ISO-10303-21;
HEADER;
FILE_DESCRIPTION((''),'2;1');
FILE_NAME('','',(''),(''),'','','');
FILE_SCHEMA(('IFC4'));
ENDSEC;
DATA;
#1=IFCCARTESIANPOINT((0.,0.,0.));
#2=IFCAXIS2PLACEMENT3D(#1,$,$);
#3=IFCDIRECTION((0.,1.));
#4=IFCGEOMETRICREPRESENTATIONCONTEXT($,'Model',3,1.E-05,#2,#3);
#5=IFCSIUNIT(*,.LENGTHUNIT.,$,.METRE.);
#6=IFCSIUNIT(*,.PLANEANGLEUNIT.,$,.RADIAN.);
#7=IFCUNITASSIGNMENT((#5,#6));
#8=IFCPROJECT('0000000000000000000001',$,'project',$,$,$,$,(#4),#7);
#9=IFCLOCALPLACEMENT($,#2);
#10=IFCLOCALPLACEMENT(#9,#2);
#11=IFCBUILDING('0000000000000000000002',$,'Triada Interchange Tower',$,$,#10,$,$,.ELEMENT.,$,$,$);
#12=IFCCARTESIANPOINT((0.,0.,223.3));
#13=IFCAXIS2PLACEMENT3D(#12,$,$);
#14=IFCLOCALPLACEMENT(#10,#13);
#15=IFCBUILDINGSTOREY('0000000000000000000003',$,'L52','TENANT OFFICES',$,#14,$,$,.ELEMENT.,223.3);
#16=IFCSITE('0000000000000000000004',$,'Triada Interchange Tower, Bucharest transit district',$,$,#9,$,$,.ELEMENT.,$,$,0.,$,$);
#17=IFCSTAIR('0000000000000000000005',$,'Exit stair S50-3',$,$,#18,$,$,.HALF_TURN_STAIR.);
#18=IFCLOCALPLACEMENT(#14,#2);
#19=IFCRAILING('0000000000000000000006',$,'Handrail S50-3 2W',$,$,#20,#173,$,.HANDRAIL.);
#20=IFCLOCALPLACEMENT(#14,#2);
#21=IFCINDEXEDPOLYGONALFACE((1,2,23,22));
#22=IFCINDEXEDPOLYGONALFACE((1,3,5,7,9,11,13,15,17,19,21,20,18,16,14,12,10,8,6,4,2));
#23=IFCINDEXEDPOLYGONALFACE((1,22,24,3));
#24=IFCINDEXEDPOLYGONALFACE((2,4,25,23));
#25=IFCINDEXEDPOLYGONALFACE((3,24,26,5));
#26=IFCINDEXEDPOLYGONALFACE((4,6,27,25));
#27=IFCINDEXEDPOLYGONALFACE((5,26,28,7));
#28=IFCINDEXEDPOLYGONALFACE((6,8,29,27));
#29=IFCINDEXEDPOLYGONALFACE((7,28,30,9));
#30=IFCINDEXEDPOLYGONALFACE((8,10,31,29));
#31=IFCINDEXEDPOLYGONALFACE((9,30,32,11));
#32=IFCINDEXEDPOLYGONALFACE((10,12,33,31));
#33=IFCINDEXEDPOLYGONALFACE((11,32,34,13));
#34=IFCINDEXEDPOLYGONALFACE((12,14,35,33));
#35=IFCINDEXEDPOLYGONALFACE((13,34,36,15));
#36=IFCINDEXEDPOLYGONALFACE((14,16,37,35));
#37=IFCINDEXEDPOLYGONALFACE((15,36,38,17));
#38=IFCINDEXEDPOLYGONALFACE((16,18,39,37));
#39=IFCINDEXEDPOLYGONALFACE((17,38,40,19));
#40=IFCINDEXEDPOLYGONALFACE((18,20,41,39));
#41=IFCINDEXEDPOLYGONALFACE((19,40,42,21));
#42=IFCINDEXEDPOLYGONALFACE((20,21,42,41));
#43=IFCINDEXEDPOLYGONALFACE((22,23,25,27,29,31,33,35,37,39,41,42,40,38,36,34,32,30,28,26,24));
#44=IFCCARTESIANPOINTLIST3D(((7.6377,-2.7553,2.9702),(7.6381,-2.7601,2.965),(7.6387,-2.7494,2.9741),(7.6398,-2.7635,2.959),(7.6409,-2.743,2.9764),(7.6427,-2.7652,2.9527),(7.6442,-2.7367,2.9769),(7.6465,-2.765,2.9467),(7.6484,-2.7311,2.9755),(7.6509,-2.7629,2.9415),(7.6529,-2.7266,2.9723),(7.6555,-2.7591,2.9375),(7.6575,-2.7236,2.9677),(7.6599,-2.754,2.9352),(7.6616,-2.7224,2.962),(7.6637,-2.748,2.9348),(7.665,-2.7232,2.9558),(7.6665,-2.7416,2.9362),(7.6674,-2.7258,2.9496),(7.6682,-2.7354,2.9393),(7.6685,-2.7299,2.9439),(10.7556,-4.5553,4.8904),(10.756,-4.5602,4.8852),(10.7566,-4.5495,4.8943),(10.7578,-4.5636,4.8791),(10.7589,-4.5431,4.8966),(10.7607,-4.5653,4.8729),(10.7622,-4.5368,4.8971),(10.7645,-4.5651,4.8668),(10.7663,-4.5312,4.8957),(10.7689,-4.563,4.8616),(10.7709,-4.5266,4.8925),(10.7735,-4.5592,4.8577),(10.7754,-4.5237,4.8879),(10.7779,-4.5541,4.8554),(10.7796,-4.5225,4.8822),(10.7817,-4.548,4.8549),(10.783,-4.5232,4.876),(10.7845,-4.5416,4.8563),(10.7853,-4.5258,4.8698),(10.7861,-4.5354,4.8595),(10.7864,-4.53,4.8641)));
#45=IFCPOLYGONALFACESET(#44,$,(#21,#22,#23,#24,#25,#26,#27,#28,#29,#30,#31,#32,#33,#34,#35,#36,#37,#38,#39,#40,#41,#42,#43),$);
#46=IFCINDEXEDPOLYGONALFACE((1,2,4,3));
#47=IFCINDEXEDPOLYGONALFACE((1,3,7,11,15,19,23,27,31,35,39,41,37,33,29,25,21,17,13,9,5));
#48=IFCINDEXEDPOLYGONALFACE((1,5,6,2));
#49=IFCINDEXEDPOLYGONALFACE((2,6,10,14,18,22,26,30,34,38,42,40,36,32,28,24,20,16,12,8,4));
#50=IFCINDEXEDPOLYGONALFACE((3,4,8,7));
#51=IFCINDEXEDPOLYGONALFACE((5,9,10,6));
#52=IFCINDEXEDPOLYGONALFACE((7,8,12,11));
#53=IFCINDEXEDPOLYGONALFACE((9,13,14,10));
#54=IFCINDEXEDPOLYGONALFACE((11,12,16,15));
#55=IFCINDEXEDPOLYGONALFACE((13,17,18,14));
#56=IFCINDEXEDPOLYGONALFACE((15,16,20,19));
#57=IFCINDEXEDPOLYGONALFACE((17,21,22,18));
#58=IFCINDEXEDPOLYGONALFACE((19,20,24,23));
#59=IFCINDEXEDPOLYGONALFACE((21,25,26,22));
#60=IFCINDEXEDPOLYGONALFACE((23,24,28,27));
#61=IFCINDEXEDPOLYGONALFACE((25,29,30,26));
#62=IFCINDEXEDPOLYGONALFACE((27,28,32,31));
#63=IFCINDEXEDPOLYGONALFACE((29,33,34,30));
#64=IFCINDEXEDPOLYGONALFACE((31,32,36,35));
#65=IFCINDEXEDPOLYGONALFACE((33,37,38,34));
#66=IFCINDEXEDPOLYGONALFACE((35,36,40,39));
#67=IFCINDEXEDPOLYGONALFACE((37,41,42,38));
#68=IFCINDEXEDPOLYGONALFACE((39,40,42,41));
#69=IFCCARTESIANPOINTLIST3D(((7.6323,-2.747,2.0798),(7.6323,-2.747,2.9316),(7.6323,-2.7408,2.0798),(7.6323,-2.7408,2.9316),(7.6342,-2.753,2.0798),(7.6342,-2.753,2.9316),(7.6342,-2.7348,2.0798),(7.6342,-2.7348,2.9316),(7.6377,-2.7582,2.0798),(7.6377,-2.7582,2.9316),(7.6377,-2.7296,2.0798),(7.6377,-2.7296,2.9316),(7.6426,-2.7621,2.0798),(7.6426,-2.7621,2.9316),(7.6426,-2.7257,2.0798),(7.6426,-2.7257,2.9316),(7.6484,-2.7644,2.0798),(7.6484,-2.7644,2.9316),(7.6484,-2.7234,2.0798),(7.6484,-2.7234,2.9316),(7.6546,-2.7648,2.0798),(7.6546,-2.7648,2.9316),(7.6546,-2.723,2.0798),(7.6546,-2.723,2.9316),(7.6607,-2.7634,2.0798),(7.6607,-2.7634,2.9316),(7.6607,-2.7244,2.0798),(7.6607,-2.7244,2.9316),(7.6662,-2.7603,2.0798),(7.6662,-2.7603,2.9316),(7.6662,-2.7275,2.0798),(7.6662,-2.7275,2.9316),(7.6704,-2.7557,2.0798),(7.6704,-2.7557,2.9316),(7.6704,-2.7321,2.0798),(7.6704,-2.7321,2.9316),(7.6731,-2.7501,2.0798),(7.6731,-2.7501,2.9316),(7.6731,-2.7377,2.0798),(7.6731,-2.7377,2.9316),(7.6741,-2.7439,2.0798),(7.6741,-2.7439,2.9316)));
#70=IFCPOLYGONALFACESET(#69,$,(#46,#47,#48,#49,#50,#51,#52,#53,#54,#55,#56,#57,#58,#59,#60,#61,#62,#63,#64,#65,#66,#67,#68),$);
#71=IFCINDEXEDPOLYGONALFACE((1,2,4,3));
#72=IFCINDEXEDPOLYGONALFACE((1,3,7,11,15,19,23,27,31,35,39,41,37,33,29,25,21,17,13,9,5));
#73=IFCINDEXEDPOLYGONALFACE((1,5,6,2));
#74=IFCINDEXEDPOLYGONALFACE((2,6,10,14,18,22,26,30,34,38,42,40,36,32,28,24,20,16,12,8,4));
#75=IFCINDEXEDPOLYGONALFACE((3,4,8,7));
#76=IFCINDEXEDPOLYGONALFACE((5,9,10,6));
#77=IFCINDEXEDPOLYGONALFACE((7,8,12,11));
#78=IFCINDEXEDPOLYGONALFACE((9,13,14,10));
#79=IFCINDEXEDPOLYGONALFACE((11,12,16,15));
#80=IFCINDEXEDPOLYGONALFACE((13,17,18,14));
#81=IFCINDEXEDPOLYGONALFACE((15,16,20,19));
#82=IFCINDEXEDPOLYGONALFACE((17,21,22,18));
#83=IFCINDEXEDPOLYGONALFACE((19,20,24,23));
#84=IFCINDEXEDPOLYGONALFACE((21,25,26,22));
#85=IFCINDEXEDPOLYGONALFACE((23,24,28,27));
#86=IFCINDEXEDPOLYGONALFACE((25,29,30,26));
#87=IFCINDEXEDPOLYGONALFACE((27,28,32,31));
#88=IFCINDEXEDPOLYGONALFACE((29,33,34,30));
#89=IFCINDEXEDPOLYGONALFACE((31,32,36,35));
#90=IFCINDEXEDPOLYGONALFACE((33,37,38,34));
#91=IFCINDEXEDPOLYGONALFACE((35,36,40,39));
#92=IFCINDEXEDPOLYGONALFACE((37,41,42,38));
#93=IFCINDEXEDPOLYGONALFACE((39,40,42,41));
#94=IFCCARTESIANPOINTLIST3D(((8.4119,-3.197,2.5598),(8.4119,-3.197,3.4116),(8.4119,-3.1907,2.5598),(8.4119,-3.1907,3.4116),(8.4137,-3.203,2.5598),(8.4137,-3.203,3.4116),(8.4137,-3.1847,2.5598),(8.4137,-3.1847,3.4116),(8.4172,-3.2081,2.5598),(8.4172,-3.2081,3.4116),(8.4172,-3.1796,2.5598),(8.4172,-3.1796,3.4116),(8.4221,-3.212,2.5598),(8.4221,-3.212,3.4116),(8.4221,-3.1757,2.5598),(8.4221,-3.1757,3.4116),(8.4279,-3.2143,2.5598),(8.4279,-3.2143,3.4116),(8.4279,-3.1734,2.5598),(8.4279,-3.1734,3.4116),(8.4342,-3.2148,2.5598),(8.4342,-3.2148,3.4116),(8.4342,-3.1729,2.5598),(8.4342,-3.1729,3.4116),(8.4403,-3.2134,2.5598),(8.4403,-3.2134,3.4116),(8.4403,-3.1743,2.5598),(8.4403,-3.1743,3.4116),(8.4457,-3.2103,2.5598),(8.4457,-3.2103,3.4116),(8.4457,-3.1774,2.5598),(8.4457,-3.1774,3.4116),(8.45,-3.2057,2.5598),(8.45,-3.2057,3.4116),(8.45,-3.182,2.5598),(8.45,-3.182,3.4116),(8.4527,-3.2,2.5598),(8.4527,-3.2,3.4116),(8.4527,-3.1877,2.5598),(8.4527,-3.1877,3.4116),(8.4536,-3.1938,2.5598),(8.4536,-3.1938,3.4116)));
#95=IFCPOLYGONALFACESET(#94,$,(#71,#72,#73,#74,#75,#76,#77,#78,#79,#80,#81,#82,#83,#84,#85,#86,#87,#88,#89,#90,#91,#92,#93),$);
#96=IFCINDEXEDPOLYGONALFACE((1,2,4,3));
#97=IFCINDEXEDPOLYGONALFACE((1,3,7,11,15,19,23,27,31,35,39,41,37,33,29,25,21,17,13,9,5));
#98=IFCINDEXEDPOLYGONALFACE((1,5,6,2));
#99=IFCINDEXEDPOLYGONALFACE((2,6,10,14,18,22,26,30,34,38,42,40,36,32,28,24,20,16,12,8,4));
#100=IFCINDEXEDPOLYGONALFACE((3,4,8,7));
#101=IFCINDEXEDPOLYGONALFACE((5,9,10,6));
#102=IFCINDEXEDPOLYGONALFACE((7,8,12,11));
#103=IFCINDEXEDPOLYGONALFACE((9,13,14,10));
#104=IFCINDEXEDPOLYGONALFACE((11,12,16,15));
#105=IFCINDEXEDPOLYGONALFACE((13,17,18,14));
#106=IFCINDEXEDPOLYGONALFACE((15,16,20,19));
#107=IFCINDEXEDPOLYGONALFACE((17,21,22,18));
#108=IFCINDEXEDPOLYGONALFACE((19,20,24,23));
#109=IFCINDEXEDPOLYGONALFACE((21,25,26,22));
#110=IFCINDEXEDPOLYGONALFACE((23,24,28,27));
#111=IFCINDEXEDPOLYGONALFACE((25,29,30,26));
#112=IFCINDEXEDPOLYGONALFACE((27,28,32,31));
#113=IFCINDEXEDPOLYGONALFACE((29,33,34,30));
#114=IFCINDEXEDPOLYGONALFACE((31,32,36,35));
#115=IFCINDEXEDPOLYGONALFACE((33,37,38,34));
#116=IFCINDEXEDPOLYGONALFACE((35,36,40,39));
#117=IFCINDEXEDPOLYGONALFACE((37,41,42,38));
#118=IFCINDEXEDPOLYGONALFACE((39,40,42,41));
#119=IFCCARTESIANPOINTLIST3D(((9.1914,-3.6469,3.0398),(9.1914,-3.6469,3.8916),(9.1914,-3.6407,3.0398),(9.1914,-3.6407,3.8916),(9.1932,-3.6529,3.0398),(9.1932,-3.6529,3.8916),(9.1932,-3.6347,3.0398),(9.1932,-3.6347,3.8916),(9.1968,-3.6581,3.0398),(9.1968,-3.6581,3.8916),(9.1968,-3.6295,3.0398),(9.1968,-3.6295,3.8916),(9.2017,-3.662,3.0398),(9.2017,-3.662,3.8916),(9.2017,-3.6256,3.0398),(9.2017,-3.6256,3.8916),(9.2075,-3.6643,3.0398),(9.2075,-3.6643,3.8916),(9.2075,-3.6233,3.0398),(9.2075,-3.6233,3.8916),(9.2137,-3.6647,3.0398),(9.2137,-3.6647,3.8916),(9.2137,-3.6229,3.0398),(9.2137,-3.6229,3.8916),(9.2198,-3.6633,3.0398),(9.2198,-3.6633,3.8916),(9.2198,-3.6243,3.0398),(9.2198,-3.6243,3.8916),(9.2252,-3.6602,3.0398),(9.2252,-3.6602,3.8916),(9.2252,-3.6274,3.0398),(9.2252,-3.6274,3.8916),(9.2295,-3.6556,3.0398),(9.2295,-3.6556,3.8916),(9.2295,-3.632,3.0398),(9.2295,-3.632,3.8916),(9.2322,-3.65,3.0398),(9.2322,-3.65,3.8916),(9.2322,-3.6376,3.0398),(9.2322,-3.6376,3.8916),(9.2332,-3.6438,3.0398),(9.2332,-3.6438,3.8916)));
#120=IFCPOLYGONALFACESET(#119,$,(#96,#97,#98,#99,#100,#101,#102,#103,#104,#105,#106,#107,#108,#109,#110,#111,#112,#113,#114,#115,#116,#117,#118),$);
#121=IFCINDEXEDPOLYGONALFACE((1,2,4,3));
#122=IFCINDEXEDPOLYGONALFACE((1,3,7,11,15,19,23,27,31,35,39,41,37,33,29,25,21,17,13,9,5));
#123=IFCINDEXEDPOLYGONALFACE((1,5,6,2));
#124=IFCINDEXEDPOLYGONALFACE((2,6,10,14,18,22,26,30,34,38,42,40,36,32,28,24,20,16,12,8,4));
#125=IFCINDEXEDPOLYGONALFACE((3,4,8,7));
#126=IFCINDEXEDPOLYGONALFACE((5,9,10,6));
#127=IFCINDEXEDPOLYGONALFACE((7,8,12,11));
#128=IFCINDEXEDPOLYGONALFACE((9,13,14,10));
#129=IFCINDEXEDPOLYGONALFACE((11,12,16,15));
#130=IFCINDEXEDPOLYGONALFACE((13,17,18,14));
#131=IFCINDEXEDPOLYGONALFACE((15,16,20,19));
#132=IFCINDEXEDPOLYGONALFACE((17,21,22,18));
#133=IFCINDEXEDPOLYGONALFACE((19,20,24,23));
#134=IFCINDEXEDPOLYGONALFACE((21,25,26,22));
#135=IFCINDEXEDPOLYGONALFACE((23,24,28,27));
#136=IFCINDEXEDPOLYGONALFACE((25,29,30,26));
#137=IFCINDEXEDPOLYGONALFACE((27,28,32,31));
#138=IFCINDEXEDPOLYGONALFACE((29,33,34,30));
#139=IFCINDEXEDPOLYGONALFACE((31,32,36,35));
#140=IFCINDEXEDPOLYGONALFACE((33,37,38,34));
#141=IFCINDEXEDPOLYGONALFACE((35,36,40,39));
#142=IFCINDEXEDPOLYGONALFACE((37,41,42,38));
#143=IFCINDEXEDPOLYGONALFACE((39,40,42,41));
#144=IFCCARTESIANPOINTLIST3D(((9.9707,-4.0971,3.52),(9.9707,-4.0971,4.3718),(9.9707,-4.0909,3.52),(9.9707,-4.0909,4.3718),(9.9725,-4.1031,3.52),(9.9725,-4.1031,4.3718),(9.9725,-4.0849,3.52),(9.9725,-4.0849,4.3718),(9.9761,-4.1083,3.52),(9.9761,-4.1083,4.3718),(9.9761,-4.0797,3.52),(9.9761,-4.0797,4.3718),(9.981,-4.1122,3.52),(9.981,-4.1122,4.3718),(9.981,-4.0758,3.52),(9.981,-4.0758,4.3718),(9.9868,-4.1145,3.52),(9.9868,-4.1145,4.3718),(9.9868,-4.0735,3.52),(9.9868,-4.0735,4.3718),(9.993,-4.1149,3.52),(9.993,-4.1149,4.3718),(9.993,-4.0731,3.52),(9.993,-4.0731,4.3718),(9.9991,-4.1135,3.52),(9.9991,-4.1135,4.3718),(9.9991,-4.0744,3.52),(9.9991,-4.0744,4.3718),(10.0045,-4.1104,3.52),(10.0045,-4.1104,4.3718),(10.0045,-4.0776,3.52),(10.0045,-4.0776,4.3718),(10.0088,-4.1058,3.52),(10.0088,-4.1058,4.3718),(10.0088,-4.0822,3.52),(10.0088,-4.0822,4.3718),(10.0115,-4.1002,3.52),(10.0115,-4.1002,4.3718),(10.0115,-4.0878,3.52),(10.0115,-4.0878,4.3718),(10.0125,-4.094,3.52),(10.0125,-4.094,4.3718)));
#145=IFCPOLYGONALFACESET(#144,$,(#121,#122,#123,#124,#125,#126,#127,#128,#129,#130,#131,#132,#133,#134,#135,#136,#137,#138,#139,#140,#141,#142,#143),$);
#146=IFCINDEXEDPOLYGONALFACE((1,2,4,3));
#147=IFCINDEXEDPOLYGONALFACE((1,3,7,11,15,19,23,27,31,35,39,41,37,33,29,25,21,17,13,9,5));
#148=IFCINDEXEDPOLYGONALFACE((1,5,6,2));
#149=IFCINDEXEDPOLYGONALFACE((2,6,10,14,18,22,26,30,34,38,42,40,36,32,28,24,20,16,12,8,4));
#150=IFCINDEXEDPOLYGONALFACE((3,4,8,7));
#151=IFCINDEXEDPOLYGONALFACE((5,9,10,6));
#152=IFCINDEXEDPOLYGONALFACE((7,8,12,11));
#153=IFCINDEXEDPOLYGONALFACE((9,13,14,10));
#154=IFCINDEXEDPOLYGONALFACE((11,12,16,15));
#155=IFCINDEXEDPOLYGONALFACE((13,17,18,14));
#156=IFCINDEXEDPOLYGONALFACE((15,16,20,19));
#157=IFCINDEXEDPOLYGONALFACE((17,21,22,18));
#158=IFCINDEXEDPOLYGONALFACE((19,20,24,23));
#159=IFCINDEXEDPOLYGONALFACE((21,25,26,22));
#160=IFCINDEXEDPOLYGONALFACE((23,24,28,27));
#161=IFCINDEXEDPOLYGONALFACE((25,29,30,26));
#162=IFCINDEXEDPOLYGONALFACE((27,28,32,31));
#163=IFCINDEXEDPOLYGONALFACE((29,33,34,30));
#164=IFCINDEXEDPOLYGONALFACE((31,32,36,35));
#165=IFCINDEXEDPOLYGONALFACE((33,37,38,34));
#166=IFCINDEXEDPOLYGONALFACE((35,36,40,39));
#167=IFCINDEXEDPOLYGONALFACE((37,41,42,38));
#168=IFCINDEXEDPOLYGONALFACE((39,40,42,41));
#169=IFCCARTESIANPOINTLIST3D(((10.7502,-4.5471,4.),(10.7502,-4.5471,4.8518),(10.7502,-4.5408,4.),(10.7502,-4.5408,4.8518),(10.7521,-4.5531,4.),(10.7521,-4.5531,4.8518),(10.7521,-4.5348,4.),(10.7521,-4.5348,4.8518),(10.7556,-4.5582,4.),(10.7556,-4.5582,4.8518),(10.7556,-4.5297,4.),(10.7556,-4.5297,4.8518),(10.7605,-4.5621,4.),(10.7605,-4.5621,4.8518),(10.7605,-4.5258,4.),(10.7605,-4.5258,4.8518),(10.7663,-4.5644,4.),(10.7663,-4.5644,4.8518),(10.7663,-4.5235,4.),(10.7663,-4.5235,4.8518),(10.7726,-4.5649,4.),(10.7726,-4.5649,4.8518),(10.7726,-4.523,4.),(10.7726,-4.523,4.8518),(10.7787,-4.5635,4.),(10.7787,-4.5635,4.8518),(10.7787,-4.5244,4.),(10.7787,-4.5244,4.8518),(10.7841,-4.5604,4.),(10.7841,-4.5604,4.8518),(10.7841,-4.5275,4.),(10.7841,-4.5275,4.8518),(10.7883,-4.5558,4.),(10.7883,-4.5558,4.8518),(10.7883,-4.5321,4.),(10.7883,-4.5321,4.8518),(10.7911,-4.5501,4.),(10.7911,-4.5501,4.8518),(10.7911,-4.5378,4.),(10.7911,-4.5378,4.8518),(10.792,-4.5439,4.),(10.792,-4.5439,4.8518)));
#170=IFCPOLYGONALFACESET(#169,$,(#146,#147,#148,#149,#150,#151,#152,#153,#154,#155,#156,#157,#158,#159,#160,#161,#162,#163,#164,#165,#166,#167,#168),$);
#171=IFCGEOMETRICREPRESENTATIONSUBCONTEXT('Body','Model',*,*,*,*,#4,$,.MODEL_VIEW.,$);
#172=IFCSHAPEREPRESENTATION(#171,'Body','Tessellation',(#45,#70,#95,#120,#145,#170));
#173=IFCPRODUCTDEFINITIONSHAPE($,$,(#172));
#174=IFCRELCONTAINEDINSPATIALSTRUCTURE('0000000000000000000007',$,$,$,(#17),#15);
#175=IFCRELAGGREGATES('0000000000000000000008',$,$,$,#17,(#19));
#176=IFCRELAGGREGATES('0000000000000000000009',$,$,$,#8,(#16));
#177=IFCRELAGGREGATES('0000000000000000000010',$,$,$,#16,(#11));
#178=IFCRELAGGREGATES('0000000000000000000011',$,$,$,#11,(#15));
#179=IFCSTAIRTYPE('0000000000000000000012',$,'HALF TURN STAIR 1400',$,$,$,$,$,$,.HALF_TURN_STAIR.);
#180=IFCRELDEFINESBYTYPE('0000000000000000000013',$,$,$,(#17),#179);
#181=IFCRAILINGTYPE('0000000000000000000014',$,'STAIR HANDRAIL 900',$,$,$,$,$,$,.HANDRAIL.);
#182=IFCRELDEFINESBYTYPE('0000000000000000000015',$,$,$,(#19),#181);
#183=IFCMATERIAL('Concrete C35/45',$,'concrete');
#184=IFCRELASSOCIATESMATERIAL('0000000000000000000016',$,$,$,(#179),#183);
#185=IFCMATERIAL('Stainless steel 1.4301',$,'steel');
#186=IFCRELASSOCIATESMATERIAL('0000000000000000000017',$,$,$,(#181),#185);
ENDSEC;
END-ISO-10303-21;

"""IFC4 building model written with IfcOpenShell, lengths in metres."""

from ifc_helpers import new_model, si_unit, direction, frame, origin, origin_2d, place, context, subcontext, project, spatial, circle, extrude, material, type_object, element, aggregate, save


model = new_model("IFC4")

# Units and contexts
model_context = context("Model", 3, precision=1e-05, world=origin(), true_north=direction((0.0, 1.0)))
body_context = subcontext(model_context, "Body", "Model", "MODEL_VIEW")
ifc_project = project(units=[si_unit("LENGTHUNIT", "METRE"), si_unit("PLANEANGLEUNIT", "RADIAN")], contexts=[model_context])

# Site, building, storey
site_placement = place(None, origin())
site = spatial("IfcSite", under=ifc_project, at=site_placement, Name="Triada Interchange Tower, Bucharest transit district", CompositionType="ELEMENT", RefElevation=0.0)
building_placement = place(site_placement, origin())
building = spatial("IfcBuilding", under=site, at=building_placement, Name="Triada Interchange Tower", CompositionType="ELEMENT")
storey_placement = place(building_placement, frame((0.0, 0.0, 223.3)))
storey = spatial("IfcBuildingStorey", under=building, at=storey_placement, Name="L52", Description="TENANT OFFICES", CompositionType="ELEMENT", Elevation=223.3)

# Stair, railing
ifc_material_1 = material(Name="Concrete C35/45", Category="concrete")
stair_type = type_object("IfcStairType", Name="HALF TURN STAIR 1400", PredefinedType="HALF_TURN_STAIR", material=ifc_material_1)
stair_placement = place(storey_placement, origin())
stair = element("IfcStair", 1, at=stair_placement, inside=storey, type_object=stair_type, Name="Exit stair S50-3", PredefinedType="HALF_TURN_STAIR")
ifc_material_2 = material(Name="Stainless steel 1.4301", Category="steel")
railing_type = type_object("IfcRailingType", Name="STAIR HANDRAIL 900", PredefinedType="HANDRAIL", material=ifc_material_2)
railing_1_placement = place(storey_placement, frame((7.6531, -2.7439, 2.0798)))
railing_1 = element("IfcRailing", 2, at=railing_1_placement, type_object=railing_type, Name="Handrail S50-3 2W", PredefinedType="HANDRAIL", context=body_context, shape_type="SweptSolid", body=[
    extrude(circle(Radius=0.0239, at=origin_2d()), frame((0.0, 0.0, 0.876), z_axis=(0.764145, -0.441159, 0.470597), x_axis=(0.499983, 0.866035, 0.0)), (0.0, 0.0, 1.0), 4.0803),
    extrude(circle(Radius=0.021, at=origin_2d()), origin(), (0.0, 0.0, 1.0), 0.8518),
    extrude(circle(Radius=0.021, at=origin_2d()), frame((0.7795, -0.45, 0.48)), (0.0, 0.0, 1.0), 0.8518),
    extrude(circle(Radius=0.021, at=origin_2d()), frame((1.5591, -0.8999, 0.96)), (0.0, 0.0, 1.0), 0.8518),
    extrude(circle(Radius=0.021, at=origin_2d()), frame((2.3384, -1.3501, 1.4402)), (0.0, 0.0, 1.0), 0.8518),
    extrude(circle(Radius=0.021, at=origin_2d()), frame((3.1179, -1.8, 1.9202)), (0.0, 0.0, 1.0), 0.8518),
])
aggregate(stair, [railing_1])

save(model, "model.ifc")
